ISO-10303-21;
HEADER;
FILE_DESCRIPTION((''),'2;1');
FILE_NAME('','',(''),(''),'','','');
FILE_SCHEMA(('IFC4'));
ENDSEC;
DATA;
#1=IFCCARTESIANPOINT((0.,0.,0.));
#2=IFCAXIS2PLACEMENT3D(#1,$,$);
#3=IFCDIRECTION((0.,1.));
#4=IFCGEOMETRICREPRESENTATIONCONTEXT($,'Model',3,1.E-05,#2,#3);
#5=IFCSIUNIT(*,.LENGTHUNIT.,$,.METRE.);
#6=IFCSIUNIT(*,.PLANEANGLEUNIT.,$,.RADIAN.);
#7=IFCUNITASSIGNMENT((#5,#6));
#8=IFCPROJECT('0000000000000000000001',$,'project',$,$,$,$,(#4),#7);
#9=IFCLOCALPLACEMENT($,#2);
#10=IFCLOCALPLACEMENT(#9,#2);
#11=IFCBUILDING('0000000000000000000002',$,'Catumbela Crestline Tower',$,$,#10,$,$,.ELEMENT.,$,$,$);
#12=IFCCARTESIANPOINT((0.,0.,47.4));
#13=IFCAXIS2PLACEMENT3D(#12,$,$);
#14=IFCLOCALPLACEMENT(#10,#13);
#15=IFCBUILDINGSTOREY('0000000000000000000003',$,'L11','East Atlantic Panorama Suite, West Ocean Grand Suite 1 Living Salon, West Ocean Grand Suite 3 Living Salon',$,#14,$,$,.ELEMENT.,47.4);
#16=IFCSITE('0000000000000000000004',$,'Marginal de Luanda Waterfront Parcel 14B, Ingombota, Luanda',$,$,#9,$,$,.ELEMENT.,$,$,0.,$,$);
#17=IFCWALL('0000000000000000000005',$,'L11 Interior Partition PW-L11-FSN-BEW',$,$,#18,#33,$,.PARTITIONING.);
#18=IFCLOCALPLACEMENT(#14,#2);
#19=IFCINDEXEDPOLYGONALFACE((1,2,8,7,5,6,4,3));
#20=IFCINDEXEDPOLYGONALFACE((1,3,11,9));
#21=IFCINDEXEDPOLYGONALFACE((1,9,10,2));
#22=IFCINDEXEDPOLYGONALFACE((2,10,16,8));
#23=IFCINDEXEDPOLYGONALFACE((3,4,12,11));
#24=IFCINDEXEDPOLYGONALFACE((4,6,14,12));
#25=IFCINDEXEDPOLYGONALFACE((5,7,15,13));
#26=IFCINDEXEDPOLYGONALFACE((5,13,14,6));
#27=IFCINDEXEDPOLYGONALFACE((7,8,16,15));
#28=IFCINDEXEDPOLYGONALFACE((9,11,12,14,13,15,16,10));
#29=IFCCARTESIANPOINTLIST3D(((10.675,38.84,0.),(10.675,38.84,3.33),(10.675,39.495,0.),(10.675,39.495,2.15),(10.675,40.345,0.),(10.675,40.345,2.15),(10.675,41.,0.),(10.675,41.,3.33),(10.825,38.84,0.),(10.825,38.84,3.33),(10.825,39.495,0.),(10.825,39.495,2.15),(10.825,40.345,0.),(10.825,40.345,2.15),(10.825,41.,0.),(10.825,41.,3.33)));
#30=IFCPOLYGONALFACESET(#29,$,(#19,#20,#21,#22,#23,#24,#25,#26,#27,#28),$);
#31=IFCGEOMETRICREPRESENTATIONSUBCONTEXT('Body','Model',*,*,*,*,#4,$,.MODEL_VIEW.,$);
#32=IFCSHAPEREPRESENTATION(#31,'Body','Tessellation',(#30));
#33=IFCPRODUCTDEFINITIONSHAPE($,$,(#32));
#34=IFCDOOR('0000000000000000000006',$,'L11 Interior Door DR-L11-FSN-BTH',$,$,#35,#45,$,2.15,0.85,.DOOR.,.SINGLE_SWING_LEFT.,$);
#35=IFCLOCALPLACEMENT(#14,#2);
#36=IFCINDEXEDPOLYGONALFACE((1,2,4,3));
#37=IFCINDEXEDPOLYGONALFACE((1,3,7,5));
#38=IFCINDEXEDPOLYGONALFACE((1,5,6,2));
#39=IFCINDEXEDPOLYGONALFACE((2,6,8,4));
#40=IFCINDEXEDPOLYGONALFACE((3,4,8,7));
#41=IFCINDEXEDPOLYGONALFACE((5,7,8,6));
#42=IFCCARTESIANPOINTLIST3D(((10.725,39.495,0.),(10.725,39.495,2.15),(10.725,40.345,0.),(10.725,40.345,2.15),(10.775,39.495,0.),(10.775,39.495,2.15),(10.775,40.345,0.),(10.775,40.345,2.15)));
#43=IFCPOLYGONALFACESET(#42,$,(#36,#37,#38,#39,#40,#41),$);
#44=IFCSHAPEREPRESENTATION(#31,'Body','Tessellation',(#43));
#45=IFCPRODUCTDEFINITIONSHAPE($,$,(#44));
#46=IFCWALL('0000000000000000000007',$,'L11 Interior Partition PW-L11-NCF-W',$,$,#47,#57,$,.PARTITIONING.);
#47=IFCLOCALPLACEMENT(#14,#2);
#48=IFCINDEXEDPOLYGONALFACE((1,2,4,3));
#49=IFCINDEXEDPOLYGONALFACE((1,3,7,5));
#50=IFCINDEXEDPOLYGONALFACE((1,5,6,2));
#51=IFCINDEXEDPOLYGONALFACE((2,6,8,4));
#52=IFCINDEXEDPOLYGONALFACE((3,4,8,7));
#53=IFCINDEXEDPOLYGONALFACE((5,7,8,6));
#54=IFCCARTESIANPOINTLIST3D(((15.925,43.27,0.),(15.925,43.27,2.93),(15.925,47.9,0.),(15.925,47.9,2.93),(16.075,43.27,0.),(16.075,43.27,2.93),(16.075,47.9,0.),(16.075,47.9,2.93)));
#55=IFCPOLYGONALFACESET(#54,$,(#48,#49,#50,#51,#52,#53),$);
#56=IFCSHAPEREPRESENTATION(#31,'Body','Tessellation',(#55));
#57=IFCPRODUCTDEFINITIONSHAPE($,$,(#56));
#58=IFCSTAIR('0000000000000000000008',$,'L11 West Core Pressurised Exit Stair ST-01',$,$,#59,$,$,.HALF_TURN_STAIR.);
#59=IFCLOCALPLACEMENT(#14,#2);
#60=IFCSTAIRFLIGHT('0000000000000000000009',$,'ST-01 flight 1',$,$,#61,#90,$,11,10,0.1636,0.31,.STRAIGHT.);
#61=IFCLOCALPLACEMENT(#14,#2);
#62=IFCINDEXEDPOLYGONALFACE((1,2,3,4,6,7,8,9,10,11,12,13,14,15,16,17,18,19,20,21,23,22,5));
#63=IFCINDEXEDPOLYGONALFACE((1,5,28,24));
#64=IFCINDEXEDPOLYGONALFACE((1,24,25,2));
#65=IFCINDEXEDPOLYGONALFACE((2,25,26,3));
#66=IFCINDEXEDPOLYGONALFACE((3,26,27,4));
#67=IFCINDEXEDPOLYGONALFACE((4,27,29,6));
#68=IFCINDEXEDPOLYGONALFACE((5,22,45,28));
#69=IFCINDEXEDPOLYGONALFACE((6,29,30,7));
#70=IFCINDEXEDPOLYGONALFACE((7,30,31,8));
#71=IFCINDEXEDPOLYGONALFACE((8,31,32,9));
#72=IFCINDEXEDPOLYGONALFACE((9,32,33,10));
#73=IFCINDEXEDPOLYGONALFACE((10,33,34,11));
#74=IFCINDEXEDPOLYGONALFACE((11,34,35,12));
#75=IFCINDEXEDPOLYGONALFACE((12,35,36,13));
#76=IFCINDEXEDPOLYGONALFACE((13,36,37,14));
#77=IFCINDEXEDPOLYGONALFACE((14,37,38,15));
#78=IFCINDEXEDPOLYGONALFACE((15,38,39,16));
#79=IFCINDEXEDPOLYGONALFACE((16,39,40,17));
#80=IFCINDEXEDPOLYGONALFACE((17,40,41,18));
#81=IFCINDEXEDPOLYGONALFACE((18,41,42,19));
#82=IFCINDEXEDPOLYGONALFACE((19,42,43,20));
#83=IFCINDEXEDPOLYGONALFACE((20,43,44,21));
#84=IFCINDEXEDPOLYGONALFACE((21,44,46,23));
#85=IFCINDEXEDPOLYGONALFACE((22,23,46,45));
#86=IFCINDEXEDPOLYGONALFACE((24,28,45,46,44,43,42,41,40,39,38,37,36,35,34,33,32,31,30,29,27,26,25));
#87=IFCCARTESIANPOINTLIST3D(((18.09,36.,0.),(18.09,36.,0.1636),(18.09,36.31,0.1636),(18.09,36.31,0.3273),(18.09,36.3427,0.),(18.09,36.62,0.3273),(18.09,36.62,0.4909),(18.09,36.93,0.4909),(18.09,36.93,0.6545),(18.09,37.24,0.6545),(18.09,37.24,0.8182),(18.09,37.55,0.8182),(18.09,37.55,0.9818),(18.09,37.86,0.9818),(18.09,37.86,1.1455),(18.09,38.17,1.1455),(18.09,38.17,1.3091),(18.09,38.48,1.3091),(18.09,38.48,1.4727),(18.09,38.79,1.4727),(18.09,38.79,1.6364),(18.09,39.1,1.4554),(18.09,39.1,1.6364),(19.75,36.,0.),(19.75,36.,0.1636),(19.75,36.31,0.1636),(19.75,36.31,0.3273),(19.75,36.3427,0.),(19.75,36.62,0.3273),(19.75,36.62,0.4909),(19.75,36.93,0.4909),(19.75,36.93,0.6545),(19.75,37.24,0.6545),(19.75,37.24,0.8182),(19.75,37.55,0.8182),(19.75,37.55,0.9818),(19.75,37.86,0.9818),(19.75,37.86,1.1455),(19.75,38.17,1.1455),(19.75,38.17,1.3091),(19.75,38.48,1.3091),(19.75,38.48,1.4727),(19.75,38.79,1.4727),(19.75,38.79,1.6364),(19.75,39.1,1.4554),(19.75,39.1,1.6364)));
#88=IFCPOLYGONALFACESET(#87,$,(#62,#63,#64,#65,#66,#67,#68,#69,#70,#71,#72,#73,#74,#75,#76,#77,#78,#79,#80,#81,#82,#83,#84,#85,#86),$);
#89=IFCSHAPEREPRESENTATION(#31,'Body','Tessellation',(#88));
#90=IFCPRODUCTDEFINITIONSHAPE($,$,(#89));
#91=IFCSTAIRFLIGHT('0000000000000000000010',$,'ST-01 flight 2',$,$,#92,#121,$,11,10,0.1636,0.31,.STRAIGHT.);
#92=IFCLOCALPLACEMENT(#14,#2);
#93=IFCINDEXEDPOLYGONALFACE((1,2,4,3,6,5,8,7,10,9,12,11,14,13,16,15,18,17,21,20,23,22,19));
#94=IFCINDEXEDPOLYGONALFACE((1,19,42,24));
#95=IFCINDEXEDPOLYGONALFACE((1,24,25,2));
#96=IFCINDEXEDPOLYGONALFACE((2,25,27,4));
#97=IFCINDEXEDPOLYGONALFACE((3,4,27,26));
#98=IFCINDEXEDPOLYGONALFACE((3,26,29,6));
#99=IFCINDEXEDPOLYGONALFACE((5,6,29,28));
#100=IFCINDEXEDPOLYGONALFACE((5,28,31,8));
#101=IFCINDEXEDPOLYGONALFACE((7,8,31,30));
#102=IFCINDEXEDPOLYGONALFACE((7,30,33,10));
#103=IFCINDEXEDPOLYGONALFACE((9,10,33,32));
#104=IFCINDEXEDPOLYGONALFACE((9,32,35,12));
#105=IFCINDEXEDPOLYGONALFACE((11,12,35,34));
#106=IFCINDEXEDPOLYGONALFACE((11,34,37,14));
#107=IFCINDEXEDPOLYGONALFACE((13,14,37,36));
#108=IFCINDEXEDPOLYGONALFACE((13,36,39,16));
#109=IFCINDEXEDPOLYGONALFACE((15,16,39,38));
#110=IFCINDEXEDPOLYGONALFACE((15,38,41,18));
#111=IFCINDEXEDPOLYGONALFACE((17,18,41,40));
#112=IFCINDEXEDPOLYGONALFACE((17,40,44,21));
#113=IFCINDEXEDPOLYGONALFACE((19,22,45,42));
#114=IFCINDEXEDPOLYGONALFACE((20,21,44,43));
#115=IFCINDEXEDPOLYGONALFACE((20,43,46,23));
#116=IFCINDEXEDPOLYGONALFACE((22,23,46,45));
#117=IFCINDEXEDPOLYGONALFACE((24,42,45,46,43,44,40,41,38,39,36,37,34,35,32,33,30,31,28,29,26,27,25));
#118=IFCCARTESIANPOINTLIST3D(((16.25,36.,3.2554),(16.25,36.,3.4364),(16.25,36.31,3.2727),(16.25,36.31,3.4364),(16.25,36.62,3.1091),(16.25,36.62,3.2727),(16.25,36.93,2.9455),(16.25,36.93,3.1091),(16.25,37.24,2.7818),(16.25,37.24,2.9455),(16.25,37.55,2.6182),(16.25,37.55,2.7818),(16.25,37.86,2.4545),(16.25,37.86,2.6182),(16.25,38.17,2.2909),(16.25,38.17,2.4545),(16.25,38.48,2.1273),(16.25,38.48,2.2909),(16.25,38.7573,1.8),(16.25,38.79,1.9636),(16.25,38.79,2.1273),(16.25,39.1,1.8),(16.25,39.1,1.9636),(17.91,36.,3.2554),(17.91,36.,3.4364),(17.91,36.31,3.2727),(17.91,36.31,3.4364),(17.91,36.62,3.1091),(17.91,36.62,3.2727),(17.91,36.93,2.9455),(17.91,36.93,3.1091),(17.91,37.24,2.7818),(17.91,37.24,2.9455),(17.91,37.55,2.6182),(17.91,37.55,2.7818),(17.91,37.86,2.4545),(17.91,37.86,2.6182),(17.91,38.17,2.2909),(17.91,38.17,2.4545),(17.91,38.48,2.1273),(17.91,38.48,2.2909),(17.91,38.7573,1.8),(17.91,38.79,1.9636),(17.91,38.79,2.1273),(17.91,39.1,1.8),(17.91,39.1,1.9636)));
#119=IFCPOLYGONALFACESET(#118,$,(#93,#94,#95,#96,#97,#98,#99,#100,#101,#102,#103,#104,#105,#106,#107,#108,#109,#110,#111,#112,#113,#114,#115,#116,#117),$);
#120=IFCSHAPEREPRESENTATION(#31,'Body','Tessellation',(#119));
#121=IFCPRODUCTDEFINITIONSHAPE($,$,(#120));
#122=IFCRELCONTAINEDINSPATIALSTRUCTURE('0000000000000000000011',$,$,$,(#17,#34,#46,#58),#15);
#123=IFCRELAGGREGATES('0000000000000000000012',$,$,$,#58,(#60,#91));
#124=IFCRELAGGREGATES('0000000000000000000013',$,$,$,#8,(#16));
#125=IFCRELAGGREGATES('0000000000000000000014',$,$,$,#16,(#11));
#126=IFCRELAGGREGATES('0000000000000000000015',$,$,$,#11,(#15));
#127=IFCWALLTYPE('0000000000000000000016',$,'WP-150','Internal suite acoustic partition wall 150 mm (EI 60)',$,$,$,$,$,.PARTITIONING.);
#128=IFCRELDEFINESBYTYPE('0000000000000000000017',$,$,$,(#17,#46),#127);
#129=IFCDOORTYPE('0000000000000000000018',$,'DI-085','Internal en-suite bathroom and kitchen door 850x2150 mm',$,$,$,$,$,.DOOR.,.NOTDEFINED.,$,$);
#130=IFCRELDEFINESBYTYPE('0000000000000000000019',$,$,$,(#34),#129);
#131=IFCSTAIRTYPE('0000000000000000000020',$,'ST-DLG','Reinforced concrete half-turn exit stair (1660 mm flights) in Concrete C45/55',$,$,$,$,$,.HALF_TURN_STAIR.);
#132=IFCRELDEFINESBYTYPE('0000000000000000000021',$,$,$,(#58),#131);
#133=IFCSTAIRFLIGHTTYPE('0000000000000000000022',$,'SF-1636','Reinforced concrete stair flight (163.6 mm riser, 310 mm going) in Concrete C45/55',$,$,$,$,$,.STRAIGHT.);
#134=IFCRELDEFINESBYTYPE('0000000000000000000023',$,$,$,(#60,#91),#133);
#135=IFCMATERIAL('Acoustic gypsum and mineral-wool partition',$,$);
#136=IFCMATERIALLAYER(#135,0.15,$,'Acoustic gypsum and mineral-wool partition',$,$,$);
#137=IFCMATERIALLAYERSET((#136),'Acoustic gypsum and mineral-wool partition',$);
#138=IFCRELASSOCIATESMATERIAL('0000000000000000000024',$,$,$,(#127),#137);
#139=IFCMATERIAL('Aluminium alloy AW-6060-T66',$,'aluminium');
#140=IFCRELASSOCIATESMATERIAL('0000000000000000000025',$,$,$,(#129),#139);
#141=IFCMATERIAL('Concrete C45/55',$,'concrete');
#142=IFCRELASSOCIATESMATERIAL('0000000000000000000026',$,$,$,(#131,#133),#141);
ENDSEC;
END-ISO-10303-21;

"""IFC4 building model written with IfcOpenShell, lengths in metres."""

from ifc_helpers import new_model, si_unit, direction, frame, frame_2d, origin, place, context, subcontext, project, spatial, polyline, rectangle, outline, extrude, material, layer, layer_set, type_object, element, fill, aggregate, save


model = new_model("IFC4")

# Units and contexts
model_context = context("Model", 3, precision=1e-05, world=origin(), true_north=direction((0.0, 1.0)))
body_context = subcontext(model_context, "Body", "Model", "MODEL_VIEW")
ifc_project = project(units=[si_unit("LENGTHUNIT", "METRE"), si_unit("PLANEANGLEUNIT", "RADIAN")], contexts=[model_context])

# Site, building, storey
site_placement = place(None, origin())
site = spatial("IfcSite", under=ifc_project, at=site_placement, Name="Marginal de Luanda Waterfront Parcel 14B, Ingombota, Luanda", CompositionType="ELEMENT", RefElevation=0.0)
building_placement = place(site_placement, origin())
building = spatial("IfcBuilding", under=site, at=building_placement, Name="Catumbela Crestline Tower", CompositionType="ELEMENT")
storey_placement = place(building_placement, frame((0.0, 0.0, 47.4)))
storey = spatial("IfcBuildingStorey", under=building, at=storey_placement, Name="L11", Description="East Atlantic Panorama Suite, West Ocean Grand Suite 1 Living Salon, West Ocean Grand Suite 3 Living Salon", CompositionType="ELEMENT", Elevation=47.4)

# Shared definitions
ifc_material_1 = material(Name="Aluminium alloy AW-6060-T66", Category="aluminium")

# Shared definitions
ifc_material_2 = material(Name="Acoustic gypsum and mineral-wool partition")
ifc_layer_1 = layer(ifc_material_2, 0.15, Name="Acoustic gypsum and mineral-wool partition")
ifc_layer_set_1 = layer_set([ifc_layer_1], Name="Acoustic gypsum and mineral-wool partition")
wall_type_1 = type_object("IfcWallType", Name="WP-150", Description="Internal suite acoustic partition wall 150 mm (EI 60)", PredefinedType="PARTITIONING", material=ifc_layer_set_1)

# Wall, opening, door
door_type = type_object("IfcDoorType", Name="DI-085", Description="Internal en-suite bathroom and kitchen door 850x2150 mm", OperationType="NOTDEFINED", PredefinedType="DOOR", material=ifc_material_1)
wall_1_placement = place(storey_placement, frame((10.75, 38.84, 0.0), z_axis=(0.0, 0.0, 1.0), x_axis=(0.0, 1.0, 0.0)))
wall_1 = element("IfcWall", 1, at=wall_1_placement, inside=storey, type_object=wall_type_1, Name="L11 Interior Partition PW-L11-FSN-BEW", PredefinedType="PARTITIONING", context=body_context, shape_type="SweptSolid", body=[
    extrude(rectangle(XDim=2.16, YDim=0.15, at=frame_2d((1.08, 0.0))), origin(), (0.0, 0.0, 1.0), 3.33),
])
opening_1_placement = place(wall_1_placement, frame((0.655, 0.0, 0.0)))
opening_1 = element("IfcOpeningElement", 2, at=opening_1_placement, cuts=wall_1, PredefinedType="OPENING", context=body_context, shape_type="SweptSolid", body=[
    extrude(rectangle(XDim=0.85, YDim=2.15, at=frame_2d((0.425, 1.075))), frame((0.0, 0.085, 0.0), z_axis=(0.0, -1.0, 0.0), x_axis=(1.0, 0.0, 0.0)), (0.0, 0.0, 1.0), 0.17),
])
door_1_placement = place(opening_1_placement, origin())
door_1 = element("IfcDoor", 3, at=door_1_placement, inside=storey, type_object=door_type, Name="L11 Interior Door DR-L11-FSN-BTH", OperationType="SINGLE_SWING_LEFT", OverallHeight=2.15, OverallWidth=0.85, PredefinedType="DOOR", context=body_context, shape_type="SweptSolid", body=[
    extrude(rectangle(XDim=0.85, YDim=2.15, at=frame_2d((0.425, 1.075))), frame((0.0, 0.025, 0.0), z_axis=(0.0, -1.0, 0.0), x_axis=(1.0, 0.0, 0.0)), (0.0, 0.0, 1.0), 0.05),
])
fill(opening_1, door_1)

# Wall
wall_2_placement = place(storey_placement, frame((16.0, 43.27, 0.0), z_axis=(0.0, 0.0, 1.0), x_axis=(0.0, 1.0, 0.0)))
element("IfcWall", 4, at=wall_2_placement, inside=storey, type_object=wall_type_1, Name="L11 Interior Partition PW-L11-NCF-W", PredefinedType="PARTITIONING", context=body_context, shape_type="SweptSolid", body=[
    extrude(rectangle(XDim=4.63, YDim=0.15, at=frame_2d((2.315, 0.0))), origin(), (0.0, 0.0, 1.0), 2.93),
])

# Stair, stair flights
ifc_material_3 = material(Name="Concrete C45/55", Category="concrete")
stair_type = type_object("IfcStairType", Name="ST-DLG", Description="Reinforced concrete half-turn exit stair (1660 mm flights) in Concrete C45/55", PredefinedType="HALF_TURN_STAIR", material=ifc_material_3)
stair_placement = place(storey_placement, origin())
stair = element("IfcStair", 5, at=stair_placement, inside=storey, type_object=stair_type, Name="L11 West Core Pressurised Exit Stair ST-01", PredefinedType="HALF_TURN_STAIR")
stair_flight_type = type_object("IfcStairFlightType", Name="SF-1636", Description="Reinforced concrete stair flight (163.6 mm riser, 310 mm going) in Concrete C45/55", PredefinedType="STRAIGHT", material=ifc_material_3)
stair_flight_1_placement = place(storey_placement, frame((18.92, 36.0, 0.0), z_axis=(0.0, 0.0, 1.0), x_axis=(0.0, 1.0, 0.0)))
stair_flight_1 = element("IfcStairFlight", 6, at=stair_flight_1_placement, type_object=stair_flight_type, Name="ST-01 flight 1", NumberOfRisers=11, NumberOfTreads=10, PredefinedType="STRAIGHT", RiserHeight=0.1636, TreadLength=0.31, context=body_context, shape_type="SweptSolid", body=[
    extrude(outline(polyline([(0.0, 0.0), (0.0, 0.1636), (0.31, 0.1636), (0.31, 0.3273), (0.62, 0.3273), (0.62, 0.4909), (0.93, 0.4909), (0.93, 0.6545), (1.24, 0.6545), (1.24, 0.8182), (1.55, 0.8182), (1.55, 0.9818), (1.86, 0.9818), (1.86, 1.1455), (2.17, 1.1455), (2.17, 1.3091), (2.48, 1.3091), (2.48, 1.4727), (2.79, 1.4727), (2.79, 1.6364), (3.1, 1.6364), (3.1, 1.8), (3.1, 1.4554), (0.3427, 0.0), (0.0, 0.0)])), frame((0.0, 0.83, 0.0), z_axis=(0.0, -1.0, 0.0), x_axis=(1.0, 0.0, 0.0)), (0.0, 0.0, 1.0), 1.66),
])
stair_flight_2_placement = place(storey_placement, frame((17.08, 39.1, 1.8), z_axis=(0.0, 0.0, 1.0), x_axis=(0.0, -1.0, 0.0)))
stair_flight_2 = element("IfcStairFlight", 7, at=stair_flight_2_placement, type_object=stair_flight_type, Name="ST-01 flight 2", NumberOfRisers=11, NumberOfTreads=10, PredefinedType="STRAIGHT", RiserHeight=0.1636, TreadLength=0.31, context=body_context, shape_type="SweptSolid", body=[
    extrude(outline(polyline([(0.0, 0.0), (0.0, 0.1636), (0.31, 0.1636), (0.31, 0.3273), (0.62, 0.3273), (0.62, 0.4909), (0.93, 0.4909), (0.93, 0.6545), (1.24, 0.6545), (1.24, 0.8182), (1.55, 0.8182), (1.55, 0.9818), (1.86, 0.9818), (1.86, 1.1455), (2.17, 1.1455), (2.17, 1.3091), (2.48, 1.3091), (2.48, 1.4727), (2.79, 1.4727), (2.79, 1.6364), (3.1, 1.6364), (3.1, 1.8), (3.1, 1.4554), (0.3427, 0.0), (0.0, 0.0)])), frame((0.0, 0.83, 0.0), z_axis=(0.0, -1.0, 0.0), x_axis=(1.0, 0.0, 0.0)), (0.0, 0.0, 1.0), 1.66),
])
aggregate(stair, [stair_flight_1, stair_flight_2])

save(model, "model.ifc")
